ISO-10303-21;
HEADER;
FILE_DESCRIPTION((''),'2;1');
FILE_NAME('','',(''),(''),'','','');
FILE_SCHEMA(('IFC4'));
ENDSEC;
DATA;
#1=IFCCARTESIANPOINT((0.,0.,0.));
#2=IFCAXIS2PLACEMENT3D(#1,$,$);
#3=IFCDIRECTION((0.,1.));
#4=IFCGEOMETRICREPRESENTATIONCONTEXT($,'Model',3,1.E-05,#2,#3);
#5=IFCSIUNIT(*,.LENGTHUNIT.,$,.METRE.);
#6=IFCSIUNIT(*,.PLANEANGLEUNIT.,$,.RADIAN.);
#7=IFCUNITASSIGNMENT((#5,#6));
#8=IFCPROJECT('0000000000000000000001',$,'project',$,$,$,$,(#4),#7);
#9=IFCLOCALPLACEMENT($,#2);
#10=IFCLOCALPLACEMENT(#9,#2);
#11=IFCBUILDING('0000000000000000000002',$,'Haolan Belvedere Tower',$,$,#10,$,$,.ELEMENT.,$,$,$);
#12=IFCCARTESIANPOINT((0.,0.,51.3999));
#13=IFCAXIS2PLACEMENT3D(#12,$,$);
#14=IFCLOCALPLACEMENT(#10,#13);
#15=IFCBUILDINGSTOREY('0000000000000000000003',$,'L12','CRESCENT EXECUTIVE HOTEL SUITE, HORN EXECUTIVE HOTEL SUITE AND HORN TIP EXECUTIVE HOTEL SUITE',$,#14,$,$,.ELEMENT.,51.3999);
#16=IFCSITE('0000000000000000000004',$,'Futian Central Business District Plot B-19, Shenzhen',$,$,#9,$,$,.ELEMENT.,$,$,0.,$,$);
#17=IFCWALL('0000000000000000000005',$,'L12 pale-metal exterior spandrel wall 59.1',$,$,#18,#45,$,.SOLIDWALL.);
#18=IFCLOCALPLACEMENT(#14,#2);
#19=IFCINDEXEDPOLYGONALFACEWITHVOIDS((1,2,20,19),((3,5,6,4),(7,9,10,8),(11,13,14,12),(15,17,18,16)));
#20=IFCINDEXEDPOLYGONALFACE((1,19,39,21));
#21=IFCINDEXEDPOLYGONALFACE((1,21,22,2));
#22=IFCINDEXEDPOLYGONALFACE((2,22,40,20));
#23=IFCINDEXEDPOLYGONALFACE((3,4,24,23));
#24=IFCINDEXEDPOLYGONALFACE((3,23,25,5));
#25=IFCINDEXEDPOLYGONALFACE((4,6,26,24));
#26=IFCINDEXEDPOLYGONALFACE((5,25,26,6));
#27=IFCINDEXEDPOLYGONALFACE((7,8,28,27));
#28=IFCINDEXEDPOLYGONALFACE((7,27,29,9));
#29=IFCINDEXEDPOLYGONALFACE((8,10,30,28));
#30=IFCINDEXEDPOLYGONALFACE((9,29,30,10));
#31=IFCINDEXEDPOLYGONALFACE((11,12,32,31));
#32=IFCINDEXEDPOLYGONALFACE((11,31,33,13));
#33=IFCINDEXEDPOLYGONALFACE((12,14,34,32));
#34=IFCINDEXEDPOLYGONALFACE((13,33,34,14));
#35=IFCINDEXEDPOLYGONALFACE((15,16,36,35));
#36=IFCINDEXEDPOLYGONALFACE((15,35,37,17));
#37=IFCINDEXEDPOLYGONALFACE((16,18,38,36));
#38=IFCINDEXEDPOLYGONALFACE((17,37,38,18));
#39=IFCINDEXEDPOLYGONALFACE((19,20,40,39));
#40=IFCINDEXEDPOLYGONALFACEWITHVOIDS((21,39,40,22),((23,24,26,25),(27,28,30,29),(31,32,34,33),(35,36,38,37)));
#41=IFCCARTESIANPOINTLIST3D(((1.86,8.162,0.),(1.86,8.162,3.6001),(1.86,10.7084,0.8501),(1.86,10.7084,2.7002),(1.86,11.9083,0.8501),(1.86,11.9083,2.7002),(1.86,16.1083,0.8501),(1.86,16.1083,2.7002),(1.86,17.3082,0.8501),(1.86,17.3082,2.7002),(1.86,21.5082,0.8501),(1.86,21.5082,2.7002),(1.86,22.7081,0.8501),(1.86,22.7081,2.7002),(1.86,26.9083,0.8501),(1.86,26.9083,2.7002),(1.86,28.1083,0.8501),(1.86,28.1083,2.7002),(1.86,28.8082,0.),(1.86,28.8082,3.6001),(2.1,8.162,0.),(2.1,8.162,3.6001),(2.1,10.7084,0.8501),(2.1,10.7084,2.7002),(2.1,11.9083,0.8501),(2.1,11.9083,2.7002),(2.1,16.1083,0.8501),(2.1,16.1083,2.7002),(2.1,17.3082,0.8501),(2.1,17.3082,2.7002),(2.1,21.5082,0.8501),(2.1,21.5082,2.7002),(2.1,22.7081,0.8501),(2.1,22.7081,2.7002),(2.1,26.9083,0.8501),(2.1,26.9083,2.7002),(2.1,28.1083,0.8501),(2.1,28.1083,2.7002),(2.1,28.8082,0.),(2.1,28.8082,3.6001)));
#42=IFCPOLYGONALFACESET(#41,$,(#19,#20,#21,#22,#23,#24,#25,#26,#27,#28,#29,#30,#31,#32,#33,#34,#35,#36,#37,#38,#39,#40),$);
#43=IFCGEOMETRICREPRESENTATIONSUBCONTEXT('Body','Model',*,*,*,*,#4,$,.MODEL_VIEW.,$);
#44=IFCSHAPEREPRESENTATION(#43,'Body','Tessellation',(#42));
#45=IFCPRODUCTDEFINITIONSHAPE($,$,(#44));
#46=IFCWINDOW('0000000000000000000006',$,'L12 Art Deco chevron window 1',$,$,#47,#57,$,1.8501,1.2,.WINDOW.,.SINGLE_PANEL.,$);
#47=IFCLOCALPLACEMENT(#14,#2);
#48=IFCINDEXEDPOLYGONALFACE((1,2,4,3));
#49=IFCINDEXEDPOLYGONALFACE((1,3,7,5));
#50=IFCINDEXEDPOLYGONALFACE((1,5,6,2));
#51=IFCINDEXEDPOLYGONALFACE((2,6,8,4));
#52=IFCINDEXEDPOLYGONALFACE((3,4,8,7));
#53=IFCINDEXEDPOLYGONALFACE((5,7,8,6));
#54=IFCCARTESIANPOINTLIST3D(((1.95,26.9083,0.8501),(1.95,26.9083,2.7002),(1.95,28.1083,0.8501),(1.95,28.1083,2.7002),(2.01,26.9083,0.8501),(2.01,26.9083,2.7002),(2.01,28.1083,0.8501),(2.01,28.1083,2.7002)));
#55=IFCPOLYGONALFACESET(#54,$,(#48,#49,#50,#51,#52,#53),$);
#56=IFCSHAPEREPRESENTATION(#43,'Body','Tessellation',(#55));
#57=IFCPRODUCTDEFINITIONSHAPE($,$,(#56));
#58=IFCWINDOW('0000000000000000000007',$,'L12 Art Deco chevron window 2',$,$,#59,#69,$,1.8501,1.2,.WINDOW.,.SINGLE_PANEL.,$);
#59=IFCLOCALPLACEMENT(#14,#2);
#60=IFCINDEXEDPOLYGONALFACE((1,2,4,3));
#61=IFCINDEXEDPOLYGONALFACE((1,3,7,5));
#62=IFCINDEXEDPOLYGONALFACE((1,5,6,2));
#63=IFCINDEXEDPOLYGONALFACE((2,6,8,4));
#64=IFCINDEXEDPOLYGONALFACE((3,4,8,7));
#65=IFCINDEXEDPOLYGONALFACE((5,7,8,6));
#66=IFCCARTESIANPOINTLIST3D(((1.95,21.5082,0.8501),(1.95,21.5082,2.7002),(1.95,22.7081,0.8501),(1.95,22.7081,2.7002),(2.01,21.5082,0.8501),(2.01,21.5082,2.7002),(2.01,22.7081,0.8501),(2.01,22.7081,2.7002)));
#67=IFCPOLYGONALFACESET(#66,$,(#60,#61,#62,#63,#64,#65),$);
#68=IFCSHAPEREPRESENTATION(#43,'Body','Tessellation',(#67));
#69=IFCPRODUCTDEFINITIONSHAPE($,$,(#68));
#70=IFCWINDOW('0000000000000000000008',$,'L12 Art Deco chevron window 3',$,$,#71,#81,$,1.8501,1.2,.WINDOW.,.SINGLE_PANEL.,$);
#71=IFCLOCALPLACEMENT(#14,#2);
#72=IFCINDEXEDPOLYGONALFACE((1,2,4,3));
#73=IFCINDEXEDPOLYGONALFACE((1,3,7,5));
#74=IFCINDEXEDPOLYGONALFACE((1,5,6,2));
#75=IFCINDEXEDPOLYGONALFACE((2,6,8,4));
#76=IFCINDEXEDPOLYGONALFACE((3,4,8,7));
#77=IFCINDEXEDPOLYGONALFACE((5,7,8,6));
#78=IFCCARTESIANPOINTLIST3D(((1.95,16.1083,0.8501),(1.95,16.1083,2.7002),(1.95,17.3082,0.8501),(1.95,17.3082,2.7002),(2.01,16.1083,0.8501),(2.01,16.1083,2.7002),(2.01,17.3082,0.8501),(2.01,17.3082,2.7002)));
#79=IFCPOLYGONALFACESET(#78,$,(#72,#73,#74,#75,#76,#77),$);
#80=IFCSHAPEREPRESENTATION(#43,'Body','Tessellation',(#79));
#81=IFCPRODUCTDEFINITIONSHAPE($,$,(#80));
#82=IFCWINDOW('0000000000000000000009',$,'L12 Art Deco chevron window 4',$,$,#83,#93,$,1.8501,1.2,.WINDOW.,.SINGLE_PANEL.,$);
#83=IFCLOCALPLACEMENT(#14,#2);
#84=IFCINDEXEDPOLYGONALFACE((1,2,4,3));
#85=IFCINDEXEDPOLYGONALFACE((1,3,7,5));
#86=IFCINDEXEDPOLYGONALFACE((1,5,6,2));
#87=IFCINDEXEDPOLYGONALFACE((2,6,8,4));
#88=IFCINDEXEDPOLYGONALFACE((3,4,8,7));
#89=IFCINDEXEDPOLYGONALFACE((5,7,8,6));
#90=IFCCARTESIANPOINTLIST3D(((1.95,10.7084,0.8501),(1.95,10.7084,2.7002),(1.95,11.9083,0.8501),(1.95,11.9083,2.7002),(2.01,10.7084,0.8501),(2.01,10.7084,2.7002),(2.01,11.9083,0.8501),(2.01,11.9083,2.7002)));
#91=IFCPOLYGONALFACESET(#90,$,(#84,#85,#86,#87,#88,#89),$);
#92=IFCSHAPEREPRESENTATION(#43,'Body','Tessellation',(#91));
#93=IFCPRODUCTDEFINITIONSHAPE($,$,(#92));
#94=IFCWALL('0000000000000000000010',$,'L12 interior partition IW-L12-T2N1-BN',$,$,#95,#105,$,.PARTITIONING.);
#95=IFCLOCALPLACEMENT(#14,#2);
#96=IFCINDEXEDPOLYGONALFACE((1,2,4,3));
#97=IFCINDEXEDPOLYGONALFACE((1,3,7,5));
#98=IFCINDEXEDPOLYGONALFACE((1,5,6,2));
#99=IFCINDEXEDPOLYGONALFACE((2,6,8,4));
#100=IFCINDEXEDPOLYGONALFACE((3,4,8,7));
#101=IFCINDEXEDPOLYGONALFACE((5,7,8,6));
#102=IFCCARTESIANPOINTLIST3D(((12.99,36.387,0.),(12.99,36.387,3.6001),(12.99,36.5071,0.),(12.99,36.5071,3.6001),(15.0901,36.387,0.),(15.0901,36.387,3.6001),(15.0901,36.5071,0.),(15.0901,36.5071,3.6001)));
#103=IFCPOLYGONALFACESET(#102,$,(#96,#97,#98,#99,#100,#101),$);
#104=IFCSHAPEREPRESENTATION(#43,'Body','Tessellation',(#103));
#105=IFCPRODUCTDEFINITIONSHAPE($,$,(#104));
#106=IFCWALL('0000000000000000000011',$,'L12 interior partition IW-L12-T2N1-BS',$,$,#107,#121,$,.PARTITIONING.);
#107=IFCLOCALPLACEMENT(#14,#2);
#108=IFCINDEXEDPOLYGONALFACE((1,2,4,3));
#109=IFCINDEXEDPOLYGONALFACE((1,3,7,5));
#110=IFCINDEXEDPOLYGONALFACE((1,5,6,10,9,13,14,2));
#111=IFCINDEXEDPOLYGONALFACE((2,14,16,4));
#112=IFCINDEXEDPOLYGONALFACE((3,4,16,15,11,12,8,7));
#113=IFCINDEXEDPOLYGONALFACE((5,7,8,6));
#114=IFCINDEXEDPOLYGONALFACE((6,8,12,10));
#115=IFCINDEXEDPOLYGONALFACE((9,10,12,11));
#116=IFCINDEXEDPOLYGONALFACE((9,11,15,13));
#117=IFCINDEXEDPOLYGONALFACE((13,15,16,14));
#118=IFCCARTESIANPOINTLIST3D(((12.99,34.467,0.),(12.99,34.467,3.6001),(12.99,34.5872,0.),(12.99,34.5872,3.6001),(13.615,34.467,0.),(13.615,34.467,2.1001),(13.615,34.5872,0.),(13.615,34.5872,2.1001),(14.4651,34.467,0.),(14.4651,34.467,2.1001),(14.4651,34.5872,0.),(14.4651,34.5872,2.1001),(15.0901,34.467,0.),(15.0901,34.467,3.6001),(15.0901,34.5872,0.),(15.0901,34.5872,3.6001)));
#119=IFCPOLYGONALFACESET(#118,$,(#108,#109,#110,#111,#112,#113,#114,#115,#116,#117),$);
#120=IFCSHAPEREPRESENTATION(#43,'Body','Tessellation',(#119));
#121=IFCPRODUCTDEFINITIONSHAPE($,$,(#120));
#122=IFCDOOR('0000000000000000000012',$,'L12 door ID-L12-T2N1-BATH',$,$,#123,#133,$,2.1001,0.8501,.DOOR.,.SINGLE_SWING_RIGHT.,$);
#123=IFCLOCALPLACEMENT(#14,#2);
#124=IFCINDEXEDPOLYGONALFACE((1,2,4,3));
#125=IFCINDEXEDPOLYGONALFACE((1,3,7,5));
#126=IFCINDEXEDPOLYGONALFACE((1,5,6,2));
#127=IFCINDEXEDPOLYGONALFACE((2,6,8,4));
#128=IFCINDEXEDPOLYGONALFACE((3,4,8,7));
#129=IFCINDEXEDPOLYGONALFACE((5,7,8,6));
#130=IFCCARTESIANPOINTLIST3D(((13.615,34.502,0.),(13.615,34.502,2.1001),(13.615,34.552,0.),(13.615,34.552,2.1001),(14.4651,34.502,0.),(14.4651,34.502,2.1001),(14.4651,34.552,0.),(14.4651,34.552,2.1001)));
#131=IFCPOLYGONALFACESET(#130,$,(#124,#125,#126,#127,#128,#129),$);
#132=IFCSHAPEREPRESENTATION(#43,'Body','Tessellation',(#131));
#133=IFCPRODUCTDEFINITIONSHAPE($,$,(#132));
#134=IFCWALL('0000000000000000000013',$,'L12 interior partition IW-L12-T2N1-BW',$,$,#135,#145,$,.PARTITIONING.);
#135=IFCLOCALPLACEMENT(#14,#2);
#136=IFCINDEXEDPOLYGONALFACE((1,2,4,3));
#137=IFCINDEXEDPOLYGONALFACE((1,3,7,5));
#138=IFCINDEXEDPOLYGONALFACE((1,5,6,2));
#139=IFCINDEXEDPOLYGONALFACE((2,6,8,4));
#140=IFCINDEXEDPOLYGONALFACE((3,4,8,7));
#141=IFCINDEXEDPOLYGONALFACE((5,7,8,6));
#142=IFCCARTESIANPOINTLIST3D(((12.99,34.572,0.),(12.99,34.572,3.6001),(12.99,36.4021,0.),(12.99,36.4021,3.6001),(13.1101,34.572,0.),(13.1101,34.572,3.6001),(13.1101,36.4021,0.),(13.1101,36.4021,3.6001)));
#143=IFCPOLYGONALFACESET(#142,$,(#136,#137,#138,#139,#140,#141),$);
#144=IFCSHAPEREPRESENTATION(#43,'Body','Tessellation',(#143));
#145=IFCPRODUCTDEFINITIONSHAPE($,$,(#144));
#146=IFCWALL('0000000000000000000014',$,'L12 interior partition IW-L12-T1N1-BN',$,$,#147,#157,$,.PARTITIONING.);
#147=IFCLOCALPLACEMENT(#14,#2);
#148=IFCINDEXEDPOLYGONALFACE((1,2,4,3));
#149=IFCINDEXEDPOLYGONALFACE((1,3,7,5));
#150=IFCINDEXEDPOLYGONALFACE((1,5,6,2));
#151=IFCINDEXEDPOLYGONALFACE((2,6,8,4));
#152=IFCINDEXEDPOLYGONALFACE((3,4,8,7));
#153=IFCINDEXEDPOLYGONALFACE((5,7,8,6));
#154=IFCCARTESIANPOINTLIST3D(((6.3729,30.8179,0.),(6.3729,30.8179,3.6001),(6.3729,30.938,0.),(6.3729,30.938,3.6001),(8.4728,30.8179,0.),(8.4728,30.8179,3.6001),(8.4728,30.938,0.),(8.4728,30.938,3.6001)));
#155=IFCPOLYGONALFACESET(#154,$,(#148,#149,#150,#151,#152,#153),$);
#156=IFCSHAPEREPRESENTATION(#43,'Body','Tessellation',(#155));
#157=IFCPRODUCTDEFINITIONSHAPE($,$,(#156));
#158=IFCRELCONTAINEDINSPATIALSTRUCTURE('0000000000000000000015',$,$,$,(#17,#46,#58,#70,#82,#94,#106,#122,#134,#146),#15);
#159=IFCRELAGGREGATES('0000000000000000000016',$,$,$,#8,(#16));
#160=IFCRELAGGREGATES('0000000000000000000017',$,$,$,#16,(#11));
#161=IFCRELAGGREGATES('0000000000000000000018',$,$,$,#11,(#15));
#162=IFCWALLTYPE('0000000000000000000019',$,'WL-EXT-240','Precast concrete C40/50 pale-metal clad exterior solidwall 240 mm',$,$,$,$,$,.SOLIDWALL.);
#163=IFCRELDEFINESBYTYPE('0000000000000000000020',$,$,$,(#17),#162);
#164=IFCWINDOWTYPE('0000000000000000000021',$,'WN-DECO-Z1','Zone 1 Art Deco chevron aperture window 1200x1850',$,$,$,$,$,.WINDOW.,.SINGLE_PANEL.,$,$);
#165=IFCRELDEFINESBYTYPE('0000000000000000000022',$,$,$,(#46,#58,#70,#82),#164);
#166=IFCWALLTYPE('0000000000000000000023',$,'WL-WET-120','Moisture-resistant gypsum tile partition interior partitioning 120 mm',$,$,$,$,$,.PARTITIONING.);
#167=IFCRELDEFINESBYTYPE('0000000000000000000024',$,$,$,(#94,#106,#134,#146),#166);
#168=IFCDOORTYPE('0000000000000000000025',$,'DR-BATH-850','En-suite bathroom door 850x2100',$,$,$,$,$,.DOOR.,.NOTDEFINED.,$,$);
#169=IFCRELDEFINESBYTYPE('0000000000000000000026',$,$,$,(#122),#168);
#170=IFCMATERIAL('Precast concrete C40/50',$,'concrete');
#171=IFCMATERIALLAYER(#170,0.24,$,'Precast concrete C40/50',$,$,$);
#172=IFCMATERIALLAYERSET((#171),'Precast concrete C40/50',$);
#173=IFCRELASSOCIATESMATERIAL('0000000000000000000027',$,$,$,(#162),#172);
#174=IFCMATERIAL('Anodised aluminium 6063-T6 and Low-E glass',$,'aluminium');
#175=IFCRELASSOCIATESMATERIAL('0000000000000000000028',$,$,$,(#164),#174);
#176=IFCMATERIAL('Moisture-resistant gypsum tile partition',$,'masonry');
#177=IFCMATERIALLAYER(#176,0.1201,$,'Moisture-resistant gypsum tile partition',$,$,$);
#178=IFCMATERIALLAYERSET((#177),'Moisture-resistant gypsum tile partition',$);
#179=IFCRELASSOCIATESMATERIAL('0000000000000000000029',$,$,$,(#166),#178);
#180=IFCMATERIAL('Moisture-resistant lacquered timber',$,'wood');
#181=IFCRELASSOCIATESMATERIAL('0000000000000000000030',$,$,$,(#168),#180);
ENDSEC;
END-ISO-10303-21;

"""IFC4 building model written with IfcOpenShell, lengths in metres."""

from ifc_helpers import new_model, si_unit, direction, frame, frame_2d, origin, place, context, subcontext, project, spatial, rectangle, extrude, material, layer, layer_set, type_object, element, fill, save


model = new_model("IFC4")

# Units and contexts
model_context = context("Model", 3, precision=1e-05, world=origin(), true_north=direction((0.0, 1.0)))
body_context = subcontext(model_context, "Body", "Model", "MODEL_VIEW")
ifc_project = project(units=[si_unit("LENGTHUNIT", "METRE"), si_unit("PLANEANGLEUNIT", "RADIAN")], contexts=[model_context])

# Site, building, storey
site_placement = place(None, origin())
site = spatial("IfcSite", under=ifc_project, at=site_placement, Name="Futian Central Business District Plot B-19, Shenzhen", CompositionType="ELEMENT", RefElevation=0.0)
building_placement = place(site_placement, origin())
building = spatial("IfcBuilding", under=site, at=building_placement, Name="Haolan Belvedere Tower", CompositionType="ELEMENT")
storey_placement = place(building_placement, frame((0.0, 0.0, 51.3999)))
storey = spatial("IfcBuildingStorey", under=building, at=storey_placement, Name="L12", Description="CRESCENT EXECUTIVE HOTEL SUITE, HORN EXECUTIVE HOTEL SUITE AND HORN TIP EXECUTIVE HOTEL SUITE", CompositionType="ELEMENT", Elevation=51.3999)

# Shared definitions
ifc_material_1 = material(Name="Precast concrete C40/50", Category="concrete")
ifc_layer_1 = layer(ifc_material_1, 0.24, Name="Precast concrete C40/50")
ifc_layer_set_1 = layer_set([ifc_layer_1], Name="Precast concrete C40/50")
wall_type_1 = type_object("IfcWallType", Name="WL-EXT-240", Description="Precast concrete C40/50 pale-metal clad exterior solidwall 240 mm", PredefinedType="SOLIDWALL", material=ifc_layer_set_1)

# Shared definitions
ifc_material_2 = material(Name="Anodised aluminium 6063-T6 and Low-E glass", Category="aluminium")
window_type = type_object("IfcWindowType", Name="WN-DECO-Z1", Description="Zone 1 Art Deco chevron aperture window 1200x1850", PartitioningType="SINGLE_PANEL", PredefinedType="WINDOW", material=ifc_material_2)

# Wall, openings, windows
wall_1_placement = place(storey_placement, frame((1.98, 28.8083, 0.0), z_axis=(0.0, 0.0, 1.0), x_axis=(0.0, -1.0, 0.0)))
wall_1 = element("IfcWall", 1, at=wall_1_placement, inside=storey, type_object=wall_type_1, Name="L12 pale-metal exterior spandrel wall 59.1", PredefinedType="SOLIDWALL", context=body_context, shape_type="SweptSolid", body=[
    extrude(rectangle(XDim=20.6462, YDim=0.24, at=frame_2d((10.3232, 0.0))), origin(), (0.0, 0.0, 1.0), 3.6001),
])
opening_1_placement = place(wall_1_placement, frame((0.7, 0.0, 0.8501)))
opening_1 = element("IfcOpeningElement", 2, at=opening_1_placement, cuts=wall_1, PredefinedType="OPENING", context=body_context, shape_type="SweptSolid", body=[
    extrude(rectangle(XDim=1.2, YDim=1.8501, at=frame_2d((0.6001, 0.925))), frame((0.0, 0.1299, 0.0), z_axis=(0.0, -1.0, 0.0), x_axis=(1.0, 0.0, 0.0)), (0.0, 0.0, 1.0), 0.26),
])
opening_2_placement = place(wall_1_placement, frame((6.1001, 0.0, 0.8501)))
opening_2 = element("IfcOpeningElement", 3, at=opening_2_placement, cuts=wall_1, PredefinedType="OPENING", context=body_context, shape_type="SweptSolid", body=[
    extrude(rectangle(XDim=1.2, YDim=1.8501, at=frame_2d((0.6001, 0.925))), frame((0.0, 0.1299, 0.0), z_axis=(0.0, -1.0, 0.0), x_axis=(1.0, 0.0, 0.0)), (0.0, 0.0, 1.0), 0.26),
])
opening_3_placement = place(wall_1_placement, frame((11.5, 0.0, 0.8501)))
opening_3 = element("IfcOpeningElement", 4, at=opening_3_placement, cuts=wall_1, PredefinedType="OPENING", context=body_context, shape_type="SweptSolid", body=[
    extrude(rectangle(XDim=1.2, YDim=1.8501, at=frame_2d((0.6001, 0.925))), frame((0.0, 0.1299, 0.0), z_axis=(0.0, -1.0, 0.0), x_axis=(1.0, 0.0, 0.0)), (0.0, 0.0, 1.0), 0.26),
])
opening_4_placement = place(wall_1_placement, frame((16.8999, 0.0, 0.8501)))
opening_4 = element("IfcOpeningElement", 5, at=opening_4_placement, cuts=wall_1, PredefinedType="OPENING", context=body_context, shape_type="SweptSolid", body=[
    extrude(rectangle(XDim=1.2, YDim=1.8501, at=frame_2d((0.6001, 0.925))), frame((0.0, 0.1299, 0.0), z_axis=(0.0, -1.0, 0.0), x_axis=(1.0, 0.0, 0.0)), (0.0, 0.0, 1.0), 0.26),
])
window_1_placement = place(opening_1_placement, origin())
window_1 = element("IfcWindow", 6, at=window_1_placement, inside=storey, type_object=window_type, Name="L12 Art Deco chevron window 1", OverallHeight=1.8501, OverallWidth=1.2, PartitioningType="SINGLE_PANEL", PredefinedType="WINDOW", context=body_context, shape_type="SweptSolid", body=[
    extrude(rectangle(XDim=1.2, YDim=1.8501, at=frame_2d((0.6001, 0.925))), frame((0.0, 0.03, 0.0), z_axis=(0.0, -1.0, 0.0), x_axis=(1.0, 0.0, 0.0)), (0.0, 0.0, 1.0), 0.0601),
])
fill(opening_1, window_1)
window_2_placement = place(opening_2_placement, origin())
window_2 = element("IfcWindow", 7, at=window_2_placement, inside=storey, type_object=window_type, Name="L12 Art Deco chevron window 2", OverallHeight=1.8501, OverallWidth=1.2, PartitioningType="SINGLE_PANEL", PredefinedType="WINDOW", context=body_context, shape_type="SweptSolid", body=[
    extrude(rectangle(XDim=1.2, YDim=1.8501, at=frame_2d((0.6001, 0.925))), frame((0.0, 0.03, 0.0), z_axis=(0.0, -1.0, 0.0), x_axis=(1.0, 0.0, 0.0)), (0.0, 0.0, 1.0), 0.0601),
])
fill(opening_2, window_2)
window_3_placement = place(opening_3_placement, origin())
window_3 = element("IfcWindow", 8, at=window_3_placement, inside=storey, type_object=window_type, Name="L12 Art Deco chevron window 3", OverallHeight=1.8501, OverallWidth=1.2, PartitioningType="SINGLE_PANEL", PredefinedType="WINDOW", context=body_context, shape_type="SweptSolid", body=[
    extrude(rectangle(XDim=1.2, YDim=1.8501, at=frame_2d((0.6001, 0.925))), frame((0.0, 0.03, 0.0), z_axis=(0.0, -1.0, 0.0), x_axis=(1.0, 0.0, 0.0)), (0.0, 0.0, 1.0), 0.0601),
])
fill(opening_3, window_3)
window_4_placement = place(opening_4_placement, origin())
window_4 = element("IfcWindow", 9, at=window_4_placement, inside=storey, type_object=window_type, Name="L12 Art Deco chevron window 4", OverallHeight=1.8501, OverallWidth=1.2, PartitioningType="SINGLE_PANEL", PredefinedType="WINDOW", context=body_context, shape_type="SweptSolid", body=[
    extrude(rectangle(XDim=1.2, YDim=1.8501, at=frame_2d((0.6001, 0.925))), frame((0.0, 0.03, 0.0), z_axis=(0.0, -1.0, 0.0), x_axis=(1.0, 0.0, 0.0)), (0.0, 0.0, 1.0), 0.0601),
])
fill(opening_4, window_4)

# Wall
ifc_material_3 = material(Name="Moisture-resistant gypsum tile partition", Category="masonry")
ifc_layer_2 = layer(ifc_material_3, 0.1201, Name="Moisture-resistant gypsum tile partition")
ifc_layer_set_2 = layer_set([ifc_layer_2], Name="Moisture-resistant gypsum tile partition")
wall_type_2 = type_object("IfcWallType", Name="WL-WET-120", Description="Moisture-resistant gypsum tile partition interior partitioning 120 mm", PredefinedType="PARTITIONING", material=ifc_layer_set_2)
wall_2_placement = place(storey_placement, frame((12.99, 36.447, 0.0), z_axis=(0.0, 0.0, 1.0), x_axis=(1.0, 0.0, 0.0)))
element("IfcWall", 10, at=wall_2_placement, inside=storey, type_object=wall_type_2, Name="L12 interior partition IW-L12-T2N1-BN", PredefinedType="PARTITIONING", context=body_context, shape_type="SweptSolid", body=[
    extrude(rectangle(XDim=2.1001, YDim=0.1201, at=frame_2d((1.05, 0.0))), origin(), (0.0, 0.0, 1.0), 3.6001),
])

# Wall, opening, door
wall_3_placement = place(storey_placement, frame((12.99, 34.5271, 0.0), z_axis=(0.0, 0.0, 1.0), x_axis=(1.0, 0.0, 0.0)))
wall_3 = element("IfcWall", 11, at=wall_3_placement, inside=storey, type_object=wall_type_2, Name="L12 interior partition IW-L12-T2N1-BS", PredefinedType="PARTITIONING", context=body_context, shape_type="SweptSolid", body=[
    extrude(rectangle(XDim=2.1001, YDim=0.1201, at=frame_2d((1.05, 0.0))), origin(), (0.0, 0.0, 1.0), 3.6001),
])
opening_5_placement = place(wall_3_placement, frame((0.625, 0.0, 0.0)))
opening_5 = element("IfcOpeningElement", 12, at=opening_5_placement, cuts=wall_3, PredefinedType="OPENING", context=body_context, shape_type="SweptSolid", body=[
    extrude(rectangle(XDim=0.8501, YDim=2.1001, at=frame_2d((0.425, 1.05))), frame((0.0, 0.0701, 0.0), z_axis=(0.0, -1.0, 0.0), x_axis=(1.0, 0.0, 0.0)), (0.0, 0.0, 1.0), 0.1401),
])
ifc_material_4 = material(Name="Moisture-resistant lacquered timber", Category="wood")
door_type = type_object("IfcDoorType", Name="DR-BATH-850", Description="En-suite bathroom door 850x2100", OperationType="NOTDEFINED", PredefinedType="DOOR", material=ifc_material_4)
door_1_placement = place(opening_5_placement, origin())
door_1 = element("IfcDoor", 13, at=door_1_placement, inside=storey, type_object=door_type, Name="L12 door ID-L12-T2N1-BATH", OperationType="SINGLE_SWING_RIGHT", OverallHeight=2.1001, OverallWidth=0.8501, PredefinedType="DOOR", context=body_context, shape_type="SweptSolid", body=[
    extrude(rectangle(XDim=0.8501, YDim=2.1001, at=frame_2d((0.425, 1.05))), frame((0.0, 0.0249, 0.0), z_axis=(0.0, -1.0, 0.0), x_axis=(1.0, 0.0, 0.0)), (0.0, 0.0, 1.0), 0.05),
])
fill(opening_5, door_1)

# Walls
wall_4_placement = place(storey_placement, frame((13.05, 34.572, 0.0), z_axis=(0.0, 0.0, 1.0), x_axis=(0.0, 1.0, 0.0)))
element("IfcWall", 14, at=wall_4_placement, inside=storey, type_object=wall_type_2, Name="L12 interior partition IW-L12-T2N1-BW", PredefinedType="PARTITIONING", context=body_context, shape_type="SweptSolid", body=[
    extrude(rectangle(XDim=1.8301, YDim=0.1201, at=frame_2d((0.915, 0.0))), origin(), (0.0, 0.0, 1.0), 3.6001),
])
wall_5_placement = place(storey_placement, frame((6.373, 30.8779, 0.0), z_axis=(0.0, 0.0, 1.0), x_axis=(1.0, 0.0, 0.0)))
element("IfcWall", 15, at=wall_5_placement, inside=storey, type_object=wall_type_2, Name="L12 interior partition IW-L12-T1N1-BN", PredefinedType="PARTITIONING", context=body_context, shape_type="SweptSolid", body=[
    extrude(rectangle(XDim=2.0999, YDim=0.1201, at=frame_2d((1.0498, 0.0))), origin(), (0.0, 0.0, 1.0), 3.6001),
])

save(model, "model.ifc")
